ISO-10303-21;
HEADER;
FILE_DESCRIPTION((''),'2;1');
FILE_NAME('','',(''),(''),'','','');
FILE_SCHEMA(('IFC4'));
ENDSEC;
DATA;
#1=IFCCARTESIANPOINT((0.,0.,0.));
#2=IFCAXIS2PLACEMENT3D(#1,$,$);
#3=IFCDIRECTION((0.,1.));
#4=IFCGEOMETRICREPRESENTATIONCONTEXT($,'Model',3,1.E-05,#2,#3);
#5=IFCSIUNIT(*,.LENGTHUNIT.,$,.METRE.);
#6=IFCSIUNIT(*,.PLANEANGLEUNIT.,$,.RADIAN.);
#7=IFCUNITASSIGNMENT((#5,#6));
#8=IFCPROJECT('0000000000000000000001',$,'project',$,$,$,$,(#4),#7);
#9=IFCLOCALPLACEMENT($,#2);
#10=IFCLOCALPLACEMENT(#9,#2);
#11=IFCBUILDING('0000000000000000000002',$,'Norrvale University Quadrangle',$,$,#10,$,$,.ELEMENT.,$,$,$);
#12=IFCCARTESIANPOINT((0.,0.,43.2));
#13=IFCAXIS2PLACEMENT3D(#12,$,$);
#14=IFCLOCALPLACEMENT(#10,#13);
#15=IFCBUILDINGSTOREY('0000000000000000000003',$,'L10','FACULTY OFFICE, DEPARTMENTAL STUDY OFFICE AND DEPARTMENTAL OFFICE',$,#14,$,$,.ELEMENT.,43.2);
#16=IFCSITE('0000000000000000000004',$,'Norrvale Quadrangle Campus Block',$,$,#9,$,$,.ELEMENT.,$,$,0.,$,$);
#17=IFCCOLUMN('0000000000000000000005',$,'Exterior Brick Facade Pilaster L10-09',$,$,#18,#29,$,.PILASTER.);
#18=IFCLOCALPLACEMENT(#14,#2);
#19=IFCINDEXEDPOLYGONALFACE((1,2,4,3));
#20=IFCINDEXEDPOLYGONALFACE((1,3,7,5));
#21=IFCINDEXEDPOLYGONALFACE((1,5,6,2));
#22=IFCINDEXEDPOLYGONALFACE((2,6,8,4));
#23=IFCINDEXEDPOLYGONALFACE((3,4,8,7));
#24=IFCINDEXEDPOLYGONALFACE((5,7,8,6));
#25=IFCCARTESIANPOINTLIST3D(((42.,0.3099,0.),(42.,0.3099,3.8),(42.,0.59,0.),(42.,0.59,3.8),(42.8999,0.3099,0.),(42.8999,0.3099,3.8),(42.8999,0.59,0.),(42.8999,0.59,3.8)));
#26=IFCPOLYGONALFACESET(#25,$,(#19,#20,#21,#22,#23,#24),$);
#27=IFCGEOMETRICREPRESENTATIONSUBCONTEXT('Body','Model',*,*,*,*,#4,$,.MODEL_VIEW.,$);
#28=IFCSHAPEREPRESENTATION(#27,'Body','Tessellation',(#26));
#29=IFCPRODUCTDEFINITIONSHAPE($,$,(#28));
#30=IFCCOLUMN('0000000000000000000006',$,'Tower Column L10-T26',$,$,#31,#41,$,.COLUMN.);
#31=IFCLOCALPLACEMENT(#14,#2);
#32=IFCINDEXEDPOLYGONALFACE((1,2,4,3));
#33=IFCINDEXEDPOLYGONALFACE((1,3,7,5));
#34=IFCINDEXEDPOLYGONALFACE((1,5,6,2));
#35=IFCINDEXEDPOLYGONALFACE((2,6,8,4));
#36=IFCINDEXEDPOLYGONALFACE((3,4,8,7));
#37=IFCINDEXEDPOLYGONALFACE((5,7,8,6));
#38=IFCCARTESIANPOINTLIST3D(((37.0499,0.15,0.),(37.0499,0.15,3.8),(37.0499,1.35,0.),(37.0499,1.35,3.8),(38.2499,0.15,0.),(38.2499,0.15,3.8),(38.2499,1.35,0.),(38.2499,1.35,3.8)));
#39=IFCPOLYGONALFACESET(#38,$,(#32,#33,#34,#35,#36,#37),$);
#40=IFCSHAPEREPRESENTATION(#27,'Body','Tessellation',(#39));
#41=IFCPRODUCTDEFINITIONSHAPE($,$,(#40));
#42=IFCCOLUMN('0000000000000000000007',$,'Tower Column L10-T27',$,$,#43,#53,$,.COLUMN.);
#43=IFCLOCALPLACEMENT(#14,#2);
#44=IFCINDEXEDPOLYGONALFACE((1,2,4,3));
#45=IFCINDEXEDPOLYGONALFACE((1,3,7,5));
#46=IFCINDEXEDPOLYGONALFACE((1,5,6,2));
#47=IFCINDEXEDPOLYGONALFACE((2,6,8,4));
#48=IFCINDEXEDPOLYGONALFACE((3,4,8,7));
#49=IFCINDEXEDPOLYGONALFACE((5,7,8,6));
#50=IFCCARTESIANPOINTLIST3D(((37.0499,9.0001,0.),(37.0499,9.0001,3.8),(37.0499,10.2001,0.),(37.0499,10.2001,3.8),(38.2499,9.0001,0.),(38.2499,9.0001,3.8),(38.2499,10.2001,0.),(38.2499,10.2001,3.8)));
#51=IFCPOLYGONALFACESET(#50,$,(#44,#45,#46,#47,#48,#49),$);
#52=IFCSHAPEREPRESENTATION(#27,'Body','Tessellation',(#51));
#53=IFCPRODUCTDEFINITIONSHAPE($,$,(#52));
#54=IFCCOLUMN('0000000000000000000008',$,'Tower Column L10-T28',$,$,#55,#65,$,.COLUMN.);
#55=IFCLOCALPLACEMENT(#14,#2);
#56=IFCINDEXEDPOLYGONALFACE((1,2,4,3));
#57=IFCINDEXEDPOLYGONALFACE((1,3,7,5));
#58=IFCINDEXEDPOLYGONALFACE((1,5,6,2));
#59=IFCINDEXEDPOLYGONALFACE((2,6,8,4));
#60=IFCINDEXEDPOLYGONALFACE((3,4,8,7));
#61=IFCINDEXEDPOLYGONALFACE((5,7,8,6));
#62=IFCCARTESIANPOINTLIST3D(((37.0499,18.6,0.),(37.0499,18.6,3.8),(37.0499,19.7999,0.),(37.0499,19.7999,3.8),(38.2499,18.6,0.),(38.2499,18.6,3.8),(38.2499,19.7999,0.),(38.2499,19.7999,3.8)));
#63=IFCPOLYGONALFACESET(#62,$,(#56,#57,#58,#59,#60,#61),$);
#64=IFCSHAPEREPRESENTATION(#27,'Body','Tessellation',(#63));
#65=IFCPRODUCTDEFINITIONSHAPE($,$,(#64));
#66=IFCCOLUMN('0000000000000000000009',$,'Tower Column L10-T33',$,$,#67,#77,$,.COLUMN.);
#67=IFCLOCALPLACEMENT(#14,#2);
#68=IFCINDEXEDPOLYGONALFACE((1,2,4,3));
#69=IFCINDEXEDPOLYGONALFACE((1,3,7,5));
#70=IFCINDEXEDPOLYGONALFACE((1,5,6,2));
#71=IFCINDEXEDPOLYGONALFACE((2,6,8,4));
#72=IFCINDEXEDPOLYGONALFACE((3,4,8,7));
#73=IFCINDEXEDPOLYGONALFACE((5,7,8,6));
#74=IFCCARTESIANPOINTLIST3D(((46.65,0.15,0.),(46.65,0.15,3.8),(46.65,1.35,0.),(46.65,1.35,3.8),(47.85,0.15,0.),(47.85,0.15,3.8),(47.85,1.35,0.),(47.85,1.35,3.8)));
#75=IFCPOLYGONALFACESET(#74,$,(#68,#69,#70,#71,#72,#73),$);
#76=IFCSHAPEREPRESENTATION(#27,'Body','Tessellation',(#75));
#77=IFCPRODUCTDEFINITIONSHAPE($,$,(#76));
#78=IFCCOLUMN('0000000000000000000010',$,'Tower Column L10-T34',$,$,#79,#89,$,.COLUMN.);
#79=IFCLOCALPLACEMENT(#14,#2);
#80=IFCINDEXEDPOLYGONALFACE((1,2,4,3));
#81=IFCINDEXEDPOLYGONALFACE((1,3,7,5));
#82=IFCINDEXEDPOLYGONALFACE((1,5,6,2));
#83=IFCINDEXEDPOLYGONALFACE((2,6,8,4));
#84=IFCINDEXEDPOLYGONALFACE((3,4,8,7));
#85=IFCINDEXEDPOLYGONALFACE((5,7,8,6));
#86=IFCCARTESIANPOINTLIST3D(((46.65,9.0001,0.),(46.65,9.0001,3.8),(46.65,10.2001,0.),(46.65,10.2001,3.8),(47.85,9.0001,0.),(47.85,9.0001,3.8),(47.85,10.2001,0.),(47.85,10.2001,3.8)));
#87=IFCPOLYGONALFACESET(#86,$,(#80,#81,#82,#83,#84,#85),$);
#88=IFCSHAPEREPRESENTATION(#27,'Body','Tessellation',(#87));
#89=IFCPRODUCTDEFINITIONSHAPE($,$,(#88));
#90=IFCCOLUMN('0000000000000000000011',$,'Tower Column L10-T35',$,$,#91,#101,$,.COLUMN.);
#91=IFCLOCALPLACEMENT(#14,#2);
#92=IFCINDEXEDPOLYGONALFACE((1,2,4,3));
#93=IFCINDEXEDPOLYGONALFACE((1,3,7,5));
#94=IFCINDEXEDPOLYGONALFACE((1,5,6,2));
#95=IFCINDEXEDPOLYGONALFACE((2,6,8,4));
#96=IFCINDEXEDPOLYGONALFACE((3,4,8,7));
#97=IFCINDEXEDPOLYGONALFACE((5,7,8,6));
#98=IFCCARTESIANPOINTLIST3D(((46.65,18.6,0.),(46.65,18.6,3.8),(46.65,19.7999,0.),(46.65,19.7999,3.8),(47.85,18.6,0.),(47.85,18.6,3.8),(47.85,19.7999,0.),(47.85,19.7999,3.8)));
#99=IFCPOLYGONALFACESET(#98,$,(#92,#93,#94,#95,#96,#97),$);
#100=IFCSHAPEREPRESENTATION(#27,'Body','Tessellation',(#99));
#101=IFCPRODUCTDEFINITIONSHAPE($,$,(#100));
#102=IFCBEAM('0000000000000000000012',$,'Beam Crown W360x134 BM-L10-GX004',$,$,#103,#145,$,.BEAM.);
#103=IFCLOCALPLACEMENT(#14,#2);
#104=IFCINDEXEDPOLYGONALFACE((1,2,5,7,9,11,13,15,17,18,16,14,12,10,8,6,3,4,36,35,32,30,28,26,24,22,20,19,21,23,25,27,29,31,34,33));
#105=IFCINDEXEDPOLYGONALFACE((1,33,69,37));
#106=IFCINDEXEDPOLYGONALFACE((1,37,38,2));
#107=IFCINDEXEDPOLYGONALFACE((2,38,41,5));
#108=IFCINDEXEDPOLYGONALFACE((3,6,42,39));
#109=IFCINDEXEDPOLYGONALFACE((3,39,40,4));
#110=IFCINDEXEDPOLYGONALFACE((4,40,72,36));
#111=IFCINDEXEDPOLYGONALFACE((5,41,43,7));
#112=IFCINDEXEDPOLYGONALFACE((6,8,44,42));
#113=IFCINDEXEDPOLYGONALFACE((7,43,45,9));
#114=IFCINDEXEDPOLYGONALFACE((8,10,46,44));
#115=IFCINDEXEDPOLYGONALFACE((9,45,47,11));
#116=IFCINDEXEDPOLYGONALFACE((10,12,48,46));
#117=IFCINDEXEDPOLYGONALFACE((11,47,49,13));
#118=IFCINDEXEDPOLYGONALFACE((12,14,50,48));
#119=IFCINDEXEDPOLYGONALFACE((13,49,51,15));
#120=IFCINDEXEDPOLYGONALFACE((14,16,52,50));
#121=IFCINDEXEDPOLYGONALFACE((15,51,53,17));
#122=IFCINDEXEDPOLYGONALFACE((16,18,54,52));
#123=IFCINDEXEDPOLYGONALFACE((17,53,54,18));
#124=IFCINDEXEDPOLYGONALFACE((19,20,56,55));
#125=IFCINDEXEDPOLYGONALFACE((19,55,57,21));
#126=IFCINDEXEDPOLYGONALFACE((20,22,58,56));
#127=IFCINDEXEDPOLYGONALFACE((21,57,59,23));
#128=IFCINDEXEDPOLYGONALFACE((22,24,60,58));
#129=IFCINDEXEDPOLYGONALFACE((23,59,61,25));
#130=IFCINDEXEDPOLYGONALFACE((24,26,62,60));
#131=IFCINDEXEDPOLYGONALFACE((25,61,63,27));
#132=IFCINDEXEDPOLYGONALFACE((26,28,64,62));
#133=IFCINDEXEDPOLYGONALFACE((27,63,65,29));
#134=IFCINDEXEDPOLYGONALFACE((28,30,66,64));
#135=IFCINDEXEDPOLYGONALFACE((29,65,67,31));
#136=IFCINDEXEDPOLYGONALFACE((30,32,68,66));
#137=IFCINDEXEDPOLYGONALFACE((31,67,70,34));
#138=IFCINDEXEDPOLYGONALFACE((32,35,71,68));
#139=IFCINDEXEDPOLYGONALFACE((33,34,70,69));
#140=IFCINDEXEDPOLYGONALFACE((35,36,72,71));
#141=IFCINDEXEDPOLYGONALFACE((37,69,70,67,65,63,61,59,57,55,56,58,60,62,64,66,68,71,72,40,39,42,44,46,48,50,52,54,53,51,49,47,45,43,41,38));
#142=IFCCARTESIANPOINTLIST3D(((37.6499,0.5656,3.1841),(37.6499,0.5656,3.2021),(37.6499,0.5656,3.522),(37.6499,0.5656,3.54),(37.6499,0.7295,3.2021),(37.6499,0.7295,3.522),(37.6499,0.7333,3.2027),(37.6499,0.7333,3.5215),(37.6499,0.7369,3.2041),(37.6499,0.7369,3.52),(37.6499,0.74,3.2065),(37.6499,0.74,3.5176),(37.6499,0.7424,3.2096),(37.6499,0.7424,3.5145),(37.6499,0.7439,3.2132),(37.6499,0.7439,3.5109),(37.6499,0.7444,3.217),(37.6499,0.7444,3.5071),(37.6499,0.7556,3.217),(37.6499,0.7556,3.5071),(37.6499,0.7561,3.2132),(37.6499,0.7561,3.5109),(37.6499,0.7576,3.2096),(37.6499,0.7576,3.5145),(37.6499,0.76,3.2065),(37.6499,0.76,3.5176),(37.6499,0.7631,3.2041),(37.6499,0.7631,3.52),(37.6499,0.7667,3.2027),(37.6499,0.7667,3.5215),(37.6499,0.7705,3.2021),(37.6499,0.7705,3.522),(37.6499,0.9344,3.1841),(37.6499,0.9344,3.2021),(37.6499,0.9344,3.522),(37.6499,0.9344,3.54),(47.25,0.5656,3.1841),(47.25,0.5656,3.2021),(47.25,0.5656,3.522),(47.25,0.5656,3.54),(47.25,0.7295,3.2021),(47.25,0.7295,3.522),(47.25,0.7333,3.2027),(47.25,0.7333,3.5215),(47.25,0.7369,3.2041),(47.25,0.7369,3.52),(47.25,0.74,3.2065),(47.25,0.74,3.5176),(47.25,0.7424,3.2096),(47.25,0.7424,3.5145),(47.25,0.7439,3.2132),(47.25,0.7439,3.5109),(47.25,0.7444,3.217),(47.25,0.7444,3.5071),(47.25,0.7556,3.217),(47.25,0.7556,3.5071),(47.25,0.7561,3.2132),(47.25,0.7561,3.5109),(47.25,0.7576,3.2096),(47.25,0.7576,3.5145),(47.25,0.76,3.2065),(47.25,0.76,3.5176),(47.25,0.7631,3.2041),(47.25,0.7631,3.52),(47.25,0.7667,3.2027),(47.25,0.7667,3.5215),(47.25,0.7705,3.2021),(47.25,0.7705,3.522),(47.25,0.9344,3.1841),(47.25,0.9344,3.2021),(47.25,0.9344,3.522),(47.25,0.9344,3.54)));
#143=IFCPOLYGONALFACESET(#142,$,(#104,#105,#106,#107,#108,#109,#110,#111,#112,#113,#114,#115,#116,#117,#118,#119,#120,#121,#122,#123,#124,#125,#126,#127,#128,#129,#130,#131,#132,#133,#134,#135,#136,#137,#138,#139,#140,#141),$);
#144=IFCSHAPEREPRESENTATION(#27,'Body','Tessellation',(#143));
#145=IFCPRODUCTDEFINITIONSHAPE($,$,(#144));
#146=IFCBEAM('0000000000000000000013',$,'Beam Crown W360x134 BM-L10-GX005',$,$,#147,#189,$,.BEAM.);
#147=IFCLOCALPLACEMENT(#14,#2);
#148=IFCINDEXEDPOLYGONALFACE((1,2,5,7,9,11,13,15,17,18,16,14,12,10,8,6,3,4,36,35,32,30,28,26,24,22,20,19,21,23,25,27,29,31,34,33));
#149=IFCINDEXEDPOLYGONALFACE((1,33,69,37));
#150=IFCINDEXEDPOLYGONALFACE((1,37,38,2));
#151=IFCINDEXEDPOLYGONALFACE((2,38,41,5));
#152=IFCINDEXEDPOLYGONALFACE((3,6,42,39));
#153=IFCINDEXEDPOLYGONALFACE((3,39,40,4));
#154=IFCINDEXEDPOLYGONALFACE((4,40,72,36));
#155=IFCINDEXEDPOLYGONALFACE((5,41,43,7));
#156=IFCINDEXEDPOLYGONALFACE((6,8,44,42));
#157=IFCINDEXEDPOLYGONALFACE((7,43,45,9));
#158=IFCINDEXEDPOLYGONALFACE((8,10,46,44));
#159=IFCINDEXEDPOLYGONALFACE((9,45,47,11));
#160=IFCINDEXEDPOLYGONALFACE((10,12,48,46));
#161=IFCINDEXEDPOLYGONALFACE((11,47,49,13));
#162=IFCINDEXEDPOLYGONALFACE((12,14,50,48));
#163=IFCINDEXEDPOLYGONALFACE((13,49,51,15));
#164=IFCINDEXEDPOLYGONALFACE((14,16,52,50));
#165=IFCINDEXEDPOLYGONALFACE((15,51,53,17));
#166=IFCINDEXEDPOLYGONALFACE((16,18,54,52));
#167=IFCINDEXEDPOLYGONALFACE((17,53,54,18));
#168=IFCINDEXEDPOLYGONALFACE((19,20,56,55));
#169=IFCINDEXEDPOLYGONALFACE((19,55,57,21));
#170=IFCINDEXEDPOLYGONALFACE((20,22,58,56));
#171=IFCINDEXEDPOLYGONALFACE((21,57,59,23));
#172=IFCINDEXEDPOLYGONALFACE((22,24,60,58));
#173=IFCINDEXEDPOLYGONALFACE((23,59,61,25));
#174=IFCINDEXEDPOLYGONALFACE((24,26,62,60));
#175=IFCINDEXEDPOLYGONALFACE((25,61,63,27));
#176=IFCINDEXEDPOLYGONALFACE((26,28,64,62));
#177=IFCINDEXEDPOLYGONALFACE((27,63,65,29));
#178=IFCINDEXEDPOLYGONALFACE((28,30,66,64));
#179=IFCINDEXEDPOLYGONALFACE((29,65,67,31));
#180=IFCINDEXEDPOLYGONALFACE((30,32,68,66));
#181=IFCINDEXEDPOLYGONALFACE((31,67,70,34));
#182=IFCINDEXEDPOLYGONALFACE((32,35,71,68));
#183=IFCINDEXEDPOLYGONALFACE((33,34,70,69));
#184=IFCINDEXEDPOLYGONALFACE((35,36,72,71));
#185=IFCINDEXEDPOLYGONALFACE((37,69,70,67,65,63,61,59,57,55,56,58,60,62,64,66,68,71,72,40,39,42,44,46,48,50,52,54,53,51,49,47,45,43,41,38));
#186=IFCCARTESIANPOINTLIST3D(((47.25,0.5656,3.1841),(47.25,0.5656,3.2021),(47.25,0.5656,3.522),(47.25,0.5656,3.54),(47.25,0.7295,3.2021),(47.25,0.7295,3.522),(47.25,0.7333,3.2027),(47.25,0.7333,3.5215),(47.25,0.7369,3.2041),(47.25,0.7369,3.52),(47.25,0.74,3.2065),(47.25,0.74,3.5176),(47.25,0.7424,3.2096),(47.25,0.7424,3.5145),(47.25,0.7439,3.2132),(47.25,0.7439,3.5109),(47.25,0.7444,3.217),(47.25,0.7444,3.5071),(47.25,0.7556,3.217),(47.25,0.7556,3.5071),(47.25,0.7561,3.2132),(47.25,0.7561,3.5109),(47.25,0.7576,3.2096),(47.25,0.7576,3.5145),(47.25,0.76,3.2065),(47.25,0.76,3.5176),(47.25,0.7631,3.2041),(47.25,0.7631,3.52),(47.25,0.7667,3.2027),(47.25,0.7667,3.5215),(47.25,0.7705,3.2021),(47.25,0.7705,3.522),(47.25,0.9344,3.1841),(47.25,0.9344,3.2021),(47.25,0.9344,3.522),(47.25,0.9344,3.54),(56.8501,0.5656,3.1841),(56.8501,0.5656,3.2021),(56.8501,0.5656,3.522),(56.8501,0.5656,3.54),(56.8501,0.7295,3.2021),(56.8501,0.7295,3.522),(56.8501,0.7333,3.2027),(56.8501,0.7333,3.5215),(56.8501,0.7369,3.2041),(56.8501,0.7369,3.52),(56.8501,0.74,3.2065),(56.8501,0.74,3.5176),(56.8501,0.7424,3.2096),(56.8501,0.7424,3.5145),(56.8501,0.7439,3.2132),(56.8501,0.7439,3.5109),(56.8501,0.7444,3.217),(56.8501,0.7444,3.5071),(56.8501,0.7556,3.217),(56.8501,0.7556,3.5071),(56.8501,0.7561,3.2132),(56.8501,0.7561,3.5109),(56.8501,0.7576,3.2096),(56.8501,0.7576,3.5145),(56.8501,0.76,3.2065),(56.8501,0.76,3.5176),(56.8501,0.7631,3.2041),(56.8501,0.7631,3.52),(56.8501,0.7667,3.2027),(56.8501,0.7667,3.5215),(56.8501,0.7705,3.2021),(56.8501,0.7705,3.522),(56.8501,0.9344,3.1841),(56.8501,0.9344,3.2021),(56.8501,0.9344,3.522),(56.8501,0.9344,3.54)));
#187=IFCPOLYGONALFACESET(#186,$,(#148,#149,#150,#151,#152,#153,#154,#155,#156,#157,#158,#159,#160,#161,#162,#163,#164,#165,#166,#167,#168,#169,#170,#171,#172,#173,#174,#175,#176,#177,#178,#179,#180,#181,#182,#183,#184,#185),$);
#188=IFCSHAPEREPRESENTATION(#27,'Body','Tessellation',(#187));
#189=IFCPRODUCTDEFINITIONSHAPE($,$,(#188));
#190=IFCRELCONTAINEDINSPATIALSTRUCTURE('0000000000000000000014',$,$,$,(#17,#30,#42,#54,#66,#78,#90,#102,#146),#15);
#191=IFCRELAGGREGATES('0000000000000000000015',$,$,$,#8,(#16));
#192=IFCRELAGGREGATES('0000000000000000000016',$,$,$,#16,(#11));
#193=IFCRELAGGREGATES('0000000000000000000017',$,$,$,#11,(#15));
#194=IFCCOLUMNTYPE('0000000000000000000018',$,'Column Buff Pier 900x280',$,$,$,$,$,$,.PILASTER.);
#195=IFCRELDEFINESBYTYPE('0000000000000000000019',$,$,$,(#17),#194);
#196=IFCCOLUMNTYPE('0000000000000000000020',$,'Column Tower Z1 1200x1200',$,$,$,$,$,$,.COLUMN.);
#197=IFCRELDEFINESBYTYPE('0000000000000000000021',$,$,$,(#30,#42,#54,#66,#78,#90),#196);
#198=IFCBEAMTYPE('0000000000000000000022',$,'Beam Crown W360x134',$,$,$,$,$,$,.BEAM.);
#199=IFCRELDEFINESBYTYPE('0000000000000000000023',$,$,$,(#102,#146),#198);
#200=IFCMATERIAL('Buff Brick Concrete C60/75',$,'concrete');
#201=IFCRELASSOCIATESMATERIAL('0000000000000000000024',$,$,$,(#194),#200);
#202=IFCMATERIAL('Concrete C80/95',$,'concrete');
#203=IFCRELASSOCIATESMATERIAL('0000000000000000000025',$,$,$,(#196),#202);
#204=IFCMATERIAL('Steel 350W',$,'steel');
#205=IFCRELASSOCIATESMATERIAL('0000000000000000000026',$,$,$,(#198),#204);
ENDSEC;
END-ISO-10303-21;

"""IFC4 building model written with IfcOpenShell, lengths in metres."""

from ifc_helpers import new_model, si_unit, direction, frame, origin, origin_2d, place, context, subcontext, project, spatial, rectangle, i_section, extrude, material, material_profile, profile_set, type_object, element, save


model = new_model("IFC4")

# Units and contexts
model_context = context("Model", 3, precision=1e-05, world=origin(), true_north=direction((0.0, 1.0)))
body_context = subcontext(model_context, "Body", "Model", "MODEL_VIEW")
ifc_project = project(units=[si_unit("LENGTHUNIT", "METRE"), si_unit("PLANEANGLEUNIT", "RADIAN")], contexts=[model_context])

# Site, building, storey
site_placement = place(None, origin())
site = spatial("IfcSite", under=ifc_project, at=site_placement, Name="Norrvale Quadrangle Campus Block", CompositionType="ELEMENT", RefElevation=0.0)
building_placement = place(site_placement, origin())
building = spatial("IfcBuilding", under=site, at=building_placement, Name="Norrvale University Quadrangle", CompositionType="ELEMENT")
storey_placement = place(building_placement, frame((0.0, 0.0, 43.2)))
storey = spatial("IfcBuildingStorey", under=building, at=storey_placement, Name="L10", Description="FACULTY OFFICE, DEPARTMENTAL STUDY OFFICE AND DEPARTMENTAL OFFICE", CompositionType="ELEMENT", Elevation=43.2)

# Columns
ifc_material_1 = material(Name="Buff Brick Concrete C60/75", Category="concrete")
ifc_material_profile_1 = material_profile(ifc_material_1, rectangle(XDim=0.8999, YDim=0.28, at=origin_2d()), Name="Buff Brick Concrete C60/75")
ifc_profile_set_1 = profile_set([ifc_material_profile_1], Name="Buff Brick Concrete C60/75")
column_type_1 = type_object("IfcColumnType", Name="Column Buff Pier 900x280", PredefinedType="PILASTER", material=ifc_profile_set_1)
column_placement = place(storey_placement, frame((42.45, 0.45, 0.0), z_axis=(0.0, 0.0, 1.0), x_axis=(1.0, 0.0, 0.0)))
element("IfcColumn", 1, at=column_placement, inside=storey, type_object=column_type_1, Name="Exterior Brick Facade Pilaster L10-09", PredefinedType="PILASTER", context=body_context, shape_type="SweptSolid", body=[
    extrude(rectangle(XDim=0.8999, YDim=0.28, at=origin_2d()), origin(), (0.0, 0.0, 1.0), 3.8),
])
ifc_material_2 = material(Name="Concrete C80/95", Category="concrete")
ifc_material_profile_2 = material_profile(ifc_material_2, rectangle(XDim=1.2, YDim=1.2, at=origin_2d()), Name="Concrete C80/95")
ifc_profile_set_2 = profile_set([ifc_material_profile_2], Name="Concrete C80/95")
column_type_2 = type_object("IfcColumnType", Name="Column Tower Z1 1200x1200", PredefinedType="COLUMN", material=ifc_profile_set_2)
for number, where, z_axis, x_axis, name in (
    (2, (37.6499, 0.75, 0.0), (0.0, 0.0, 1.0), (1.0, 0.0, 0.0), "Tower Column L10-T26"),
    (3, (37.6499, 9.6001, 0.0), (0.0, 0.0, 1.0), (1.0, 0.0, 0.0), "Tower Column L10-T27"),
    (4, (37.6499, 19.2, 0.0), (0.0, 0.0, 1.0), (1.0, 0.0, 0.0), "Tower Column L10-T28"),
    (5, (47.25, 0.75, 0.0), (0.0, 0.0, 1.0), (1.0, 0.0, 0.0), "Tower Column L10-T33"),
    (6, (47.25, 9.6001, 0.0), (0.0, 0.0, 1.0), (1.0, 0.0, 0.0), "Tower Column L10-T34"),
    (7, (47.25, 19.2, 0.0), (0.0, 0.0, 1.0), (1.0, 0.0, 0.0), "Tower Column L10-T35"),
):
    element("IfcColumn", number, at=place(storey_placement, frame(where, z_axis=z_axis, x_axis=x_axis)), inside=storey, type_object=column_type_2, Name=name, PredefinedType="COLUMN", context=body_context, shape_type="SweptSolid", body=[
        extrude(rectangle(XDim=1.2, YDim=1.2, at=origin_2d()), origin(), (0.0, 0.0, 1.0), 3.8),
    ])

# Beams
ifc_material_3 = material(Name="Steel 350W", Category="steel")
ifc_material_profile_3 = material_profile(ifc_material_3, i_section(OverallWidth=0.3689, OverallDepth=0.356, WebThickness=0.0112, FlangeThickness=0.0181, FilletRadius=0.0149, at=origin_2d()), Name="Steel 350W")
ifc_profile_set_3 = profile_set([ifc_material_profile_3], Name="Steel 350W")
beam_type_1 = type_object("IfcBeamType", Name="Beam Crown W360x134", PredefinedType="BEAM", material=ifc_profile_set_3)
for number, where, z_axis, x_axis, name in (
    (8, (37.6499, 0.75, 3.3621), (1.0, 0.0, 0.0), (0.0, 1.0, 0.0), "Beam Crown W360x134 BM-L10-GX004"),
    (9, (47.25, 0.75, 3.3621), (1.0, 0.0, 0.0), (0.0, 1.0, 0.0), "Beam Crown W360x134 BM-L10-GX005"),
):
    element("IfcBeam", number, at=place(storey_placement, frame(where, z_axis=z_axis, x_axis=x_axis)), inside=storey, type_object=beam_type_1, Name=name, PredefinedType="BEAM", context=body_context, shape_type="SweptSolid", body=[
        extrude(i_section(OverallWidth=0.3689, OverallDepth=0.356, WebThickness=0.0112, FlangeThickness=0.0181, FilletRadius=0.0149, at=origin_2d()), origin(), (0.0, 0.0, 1.0), 9.6001),
    ])

save(model, "model.ifc")
